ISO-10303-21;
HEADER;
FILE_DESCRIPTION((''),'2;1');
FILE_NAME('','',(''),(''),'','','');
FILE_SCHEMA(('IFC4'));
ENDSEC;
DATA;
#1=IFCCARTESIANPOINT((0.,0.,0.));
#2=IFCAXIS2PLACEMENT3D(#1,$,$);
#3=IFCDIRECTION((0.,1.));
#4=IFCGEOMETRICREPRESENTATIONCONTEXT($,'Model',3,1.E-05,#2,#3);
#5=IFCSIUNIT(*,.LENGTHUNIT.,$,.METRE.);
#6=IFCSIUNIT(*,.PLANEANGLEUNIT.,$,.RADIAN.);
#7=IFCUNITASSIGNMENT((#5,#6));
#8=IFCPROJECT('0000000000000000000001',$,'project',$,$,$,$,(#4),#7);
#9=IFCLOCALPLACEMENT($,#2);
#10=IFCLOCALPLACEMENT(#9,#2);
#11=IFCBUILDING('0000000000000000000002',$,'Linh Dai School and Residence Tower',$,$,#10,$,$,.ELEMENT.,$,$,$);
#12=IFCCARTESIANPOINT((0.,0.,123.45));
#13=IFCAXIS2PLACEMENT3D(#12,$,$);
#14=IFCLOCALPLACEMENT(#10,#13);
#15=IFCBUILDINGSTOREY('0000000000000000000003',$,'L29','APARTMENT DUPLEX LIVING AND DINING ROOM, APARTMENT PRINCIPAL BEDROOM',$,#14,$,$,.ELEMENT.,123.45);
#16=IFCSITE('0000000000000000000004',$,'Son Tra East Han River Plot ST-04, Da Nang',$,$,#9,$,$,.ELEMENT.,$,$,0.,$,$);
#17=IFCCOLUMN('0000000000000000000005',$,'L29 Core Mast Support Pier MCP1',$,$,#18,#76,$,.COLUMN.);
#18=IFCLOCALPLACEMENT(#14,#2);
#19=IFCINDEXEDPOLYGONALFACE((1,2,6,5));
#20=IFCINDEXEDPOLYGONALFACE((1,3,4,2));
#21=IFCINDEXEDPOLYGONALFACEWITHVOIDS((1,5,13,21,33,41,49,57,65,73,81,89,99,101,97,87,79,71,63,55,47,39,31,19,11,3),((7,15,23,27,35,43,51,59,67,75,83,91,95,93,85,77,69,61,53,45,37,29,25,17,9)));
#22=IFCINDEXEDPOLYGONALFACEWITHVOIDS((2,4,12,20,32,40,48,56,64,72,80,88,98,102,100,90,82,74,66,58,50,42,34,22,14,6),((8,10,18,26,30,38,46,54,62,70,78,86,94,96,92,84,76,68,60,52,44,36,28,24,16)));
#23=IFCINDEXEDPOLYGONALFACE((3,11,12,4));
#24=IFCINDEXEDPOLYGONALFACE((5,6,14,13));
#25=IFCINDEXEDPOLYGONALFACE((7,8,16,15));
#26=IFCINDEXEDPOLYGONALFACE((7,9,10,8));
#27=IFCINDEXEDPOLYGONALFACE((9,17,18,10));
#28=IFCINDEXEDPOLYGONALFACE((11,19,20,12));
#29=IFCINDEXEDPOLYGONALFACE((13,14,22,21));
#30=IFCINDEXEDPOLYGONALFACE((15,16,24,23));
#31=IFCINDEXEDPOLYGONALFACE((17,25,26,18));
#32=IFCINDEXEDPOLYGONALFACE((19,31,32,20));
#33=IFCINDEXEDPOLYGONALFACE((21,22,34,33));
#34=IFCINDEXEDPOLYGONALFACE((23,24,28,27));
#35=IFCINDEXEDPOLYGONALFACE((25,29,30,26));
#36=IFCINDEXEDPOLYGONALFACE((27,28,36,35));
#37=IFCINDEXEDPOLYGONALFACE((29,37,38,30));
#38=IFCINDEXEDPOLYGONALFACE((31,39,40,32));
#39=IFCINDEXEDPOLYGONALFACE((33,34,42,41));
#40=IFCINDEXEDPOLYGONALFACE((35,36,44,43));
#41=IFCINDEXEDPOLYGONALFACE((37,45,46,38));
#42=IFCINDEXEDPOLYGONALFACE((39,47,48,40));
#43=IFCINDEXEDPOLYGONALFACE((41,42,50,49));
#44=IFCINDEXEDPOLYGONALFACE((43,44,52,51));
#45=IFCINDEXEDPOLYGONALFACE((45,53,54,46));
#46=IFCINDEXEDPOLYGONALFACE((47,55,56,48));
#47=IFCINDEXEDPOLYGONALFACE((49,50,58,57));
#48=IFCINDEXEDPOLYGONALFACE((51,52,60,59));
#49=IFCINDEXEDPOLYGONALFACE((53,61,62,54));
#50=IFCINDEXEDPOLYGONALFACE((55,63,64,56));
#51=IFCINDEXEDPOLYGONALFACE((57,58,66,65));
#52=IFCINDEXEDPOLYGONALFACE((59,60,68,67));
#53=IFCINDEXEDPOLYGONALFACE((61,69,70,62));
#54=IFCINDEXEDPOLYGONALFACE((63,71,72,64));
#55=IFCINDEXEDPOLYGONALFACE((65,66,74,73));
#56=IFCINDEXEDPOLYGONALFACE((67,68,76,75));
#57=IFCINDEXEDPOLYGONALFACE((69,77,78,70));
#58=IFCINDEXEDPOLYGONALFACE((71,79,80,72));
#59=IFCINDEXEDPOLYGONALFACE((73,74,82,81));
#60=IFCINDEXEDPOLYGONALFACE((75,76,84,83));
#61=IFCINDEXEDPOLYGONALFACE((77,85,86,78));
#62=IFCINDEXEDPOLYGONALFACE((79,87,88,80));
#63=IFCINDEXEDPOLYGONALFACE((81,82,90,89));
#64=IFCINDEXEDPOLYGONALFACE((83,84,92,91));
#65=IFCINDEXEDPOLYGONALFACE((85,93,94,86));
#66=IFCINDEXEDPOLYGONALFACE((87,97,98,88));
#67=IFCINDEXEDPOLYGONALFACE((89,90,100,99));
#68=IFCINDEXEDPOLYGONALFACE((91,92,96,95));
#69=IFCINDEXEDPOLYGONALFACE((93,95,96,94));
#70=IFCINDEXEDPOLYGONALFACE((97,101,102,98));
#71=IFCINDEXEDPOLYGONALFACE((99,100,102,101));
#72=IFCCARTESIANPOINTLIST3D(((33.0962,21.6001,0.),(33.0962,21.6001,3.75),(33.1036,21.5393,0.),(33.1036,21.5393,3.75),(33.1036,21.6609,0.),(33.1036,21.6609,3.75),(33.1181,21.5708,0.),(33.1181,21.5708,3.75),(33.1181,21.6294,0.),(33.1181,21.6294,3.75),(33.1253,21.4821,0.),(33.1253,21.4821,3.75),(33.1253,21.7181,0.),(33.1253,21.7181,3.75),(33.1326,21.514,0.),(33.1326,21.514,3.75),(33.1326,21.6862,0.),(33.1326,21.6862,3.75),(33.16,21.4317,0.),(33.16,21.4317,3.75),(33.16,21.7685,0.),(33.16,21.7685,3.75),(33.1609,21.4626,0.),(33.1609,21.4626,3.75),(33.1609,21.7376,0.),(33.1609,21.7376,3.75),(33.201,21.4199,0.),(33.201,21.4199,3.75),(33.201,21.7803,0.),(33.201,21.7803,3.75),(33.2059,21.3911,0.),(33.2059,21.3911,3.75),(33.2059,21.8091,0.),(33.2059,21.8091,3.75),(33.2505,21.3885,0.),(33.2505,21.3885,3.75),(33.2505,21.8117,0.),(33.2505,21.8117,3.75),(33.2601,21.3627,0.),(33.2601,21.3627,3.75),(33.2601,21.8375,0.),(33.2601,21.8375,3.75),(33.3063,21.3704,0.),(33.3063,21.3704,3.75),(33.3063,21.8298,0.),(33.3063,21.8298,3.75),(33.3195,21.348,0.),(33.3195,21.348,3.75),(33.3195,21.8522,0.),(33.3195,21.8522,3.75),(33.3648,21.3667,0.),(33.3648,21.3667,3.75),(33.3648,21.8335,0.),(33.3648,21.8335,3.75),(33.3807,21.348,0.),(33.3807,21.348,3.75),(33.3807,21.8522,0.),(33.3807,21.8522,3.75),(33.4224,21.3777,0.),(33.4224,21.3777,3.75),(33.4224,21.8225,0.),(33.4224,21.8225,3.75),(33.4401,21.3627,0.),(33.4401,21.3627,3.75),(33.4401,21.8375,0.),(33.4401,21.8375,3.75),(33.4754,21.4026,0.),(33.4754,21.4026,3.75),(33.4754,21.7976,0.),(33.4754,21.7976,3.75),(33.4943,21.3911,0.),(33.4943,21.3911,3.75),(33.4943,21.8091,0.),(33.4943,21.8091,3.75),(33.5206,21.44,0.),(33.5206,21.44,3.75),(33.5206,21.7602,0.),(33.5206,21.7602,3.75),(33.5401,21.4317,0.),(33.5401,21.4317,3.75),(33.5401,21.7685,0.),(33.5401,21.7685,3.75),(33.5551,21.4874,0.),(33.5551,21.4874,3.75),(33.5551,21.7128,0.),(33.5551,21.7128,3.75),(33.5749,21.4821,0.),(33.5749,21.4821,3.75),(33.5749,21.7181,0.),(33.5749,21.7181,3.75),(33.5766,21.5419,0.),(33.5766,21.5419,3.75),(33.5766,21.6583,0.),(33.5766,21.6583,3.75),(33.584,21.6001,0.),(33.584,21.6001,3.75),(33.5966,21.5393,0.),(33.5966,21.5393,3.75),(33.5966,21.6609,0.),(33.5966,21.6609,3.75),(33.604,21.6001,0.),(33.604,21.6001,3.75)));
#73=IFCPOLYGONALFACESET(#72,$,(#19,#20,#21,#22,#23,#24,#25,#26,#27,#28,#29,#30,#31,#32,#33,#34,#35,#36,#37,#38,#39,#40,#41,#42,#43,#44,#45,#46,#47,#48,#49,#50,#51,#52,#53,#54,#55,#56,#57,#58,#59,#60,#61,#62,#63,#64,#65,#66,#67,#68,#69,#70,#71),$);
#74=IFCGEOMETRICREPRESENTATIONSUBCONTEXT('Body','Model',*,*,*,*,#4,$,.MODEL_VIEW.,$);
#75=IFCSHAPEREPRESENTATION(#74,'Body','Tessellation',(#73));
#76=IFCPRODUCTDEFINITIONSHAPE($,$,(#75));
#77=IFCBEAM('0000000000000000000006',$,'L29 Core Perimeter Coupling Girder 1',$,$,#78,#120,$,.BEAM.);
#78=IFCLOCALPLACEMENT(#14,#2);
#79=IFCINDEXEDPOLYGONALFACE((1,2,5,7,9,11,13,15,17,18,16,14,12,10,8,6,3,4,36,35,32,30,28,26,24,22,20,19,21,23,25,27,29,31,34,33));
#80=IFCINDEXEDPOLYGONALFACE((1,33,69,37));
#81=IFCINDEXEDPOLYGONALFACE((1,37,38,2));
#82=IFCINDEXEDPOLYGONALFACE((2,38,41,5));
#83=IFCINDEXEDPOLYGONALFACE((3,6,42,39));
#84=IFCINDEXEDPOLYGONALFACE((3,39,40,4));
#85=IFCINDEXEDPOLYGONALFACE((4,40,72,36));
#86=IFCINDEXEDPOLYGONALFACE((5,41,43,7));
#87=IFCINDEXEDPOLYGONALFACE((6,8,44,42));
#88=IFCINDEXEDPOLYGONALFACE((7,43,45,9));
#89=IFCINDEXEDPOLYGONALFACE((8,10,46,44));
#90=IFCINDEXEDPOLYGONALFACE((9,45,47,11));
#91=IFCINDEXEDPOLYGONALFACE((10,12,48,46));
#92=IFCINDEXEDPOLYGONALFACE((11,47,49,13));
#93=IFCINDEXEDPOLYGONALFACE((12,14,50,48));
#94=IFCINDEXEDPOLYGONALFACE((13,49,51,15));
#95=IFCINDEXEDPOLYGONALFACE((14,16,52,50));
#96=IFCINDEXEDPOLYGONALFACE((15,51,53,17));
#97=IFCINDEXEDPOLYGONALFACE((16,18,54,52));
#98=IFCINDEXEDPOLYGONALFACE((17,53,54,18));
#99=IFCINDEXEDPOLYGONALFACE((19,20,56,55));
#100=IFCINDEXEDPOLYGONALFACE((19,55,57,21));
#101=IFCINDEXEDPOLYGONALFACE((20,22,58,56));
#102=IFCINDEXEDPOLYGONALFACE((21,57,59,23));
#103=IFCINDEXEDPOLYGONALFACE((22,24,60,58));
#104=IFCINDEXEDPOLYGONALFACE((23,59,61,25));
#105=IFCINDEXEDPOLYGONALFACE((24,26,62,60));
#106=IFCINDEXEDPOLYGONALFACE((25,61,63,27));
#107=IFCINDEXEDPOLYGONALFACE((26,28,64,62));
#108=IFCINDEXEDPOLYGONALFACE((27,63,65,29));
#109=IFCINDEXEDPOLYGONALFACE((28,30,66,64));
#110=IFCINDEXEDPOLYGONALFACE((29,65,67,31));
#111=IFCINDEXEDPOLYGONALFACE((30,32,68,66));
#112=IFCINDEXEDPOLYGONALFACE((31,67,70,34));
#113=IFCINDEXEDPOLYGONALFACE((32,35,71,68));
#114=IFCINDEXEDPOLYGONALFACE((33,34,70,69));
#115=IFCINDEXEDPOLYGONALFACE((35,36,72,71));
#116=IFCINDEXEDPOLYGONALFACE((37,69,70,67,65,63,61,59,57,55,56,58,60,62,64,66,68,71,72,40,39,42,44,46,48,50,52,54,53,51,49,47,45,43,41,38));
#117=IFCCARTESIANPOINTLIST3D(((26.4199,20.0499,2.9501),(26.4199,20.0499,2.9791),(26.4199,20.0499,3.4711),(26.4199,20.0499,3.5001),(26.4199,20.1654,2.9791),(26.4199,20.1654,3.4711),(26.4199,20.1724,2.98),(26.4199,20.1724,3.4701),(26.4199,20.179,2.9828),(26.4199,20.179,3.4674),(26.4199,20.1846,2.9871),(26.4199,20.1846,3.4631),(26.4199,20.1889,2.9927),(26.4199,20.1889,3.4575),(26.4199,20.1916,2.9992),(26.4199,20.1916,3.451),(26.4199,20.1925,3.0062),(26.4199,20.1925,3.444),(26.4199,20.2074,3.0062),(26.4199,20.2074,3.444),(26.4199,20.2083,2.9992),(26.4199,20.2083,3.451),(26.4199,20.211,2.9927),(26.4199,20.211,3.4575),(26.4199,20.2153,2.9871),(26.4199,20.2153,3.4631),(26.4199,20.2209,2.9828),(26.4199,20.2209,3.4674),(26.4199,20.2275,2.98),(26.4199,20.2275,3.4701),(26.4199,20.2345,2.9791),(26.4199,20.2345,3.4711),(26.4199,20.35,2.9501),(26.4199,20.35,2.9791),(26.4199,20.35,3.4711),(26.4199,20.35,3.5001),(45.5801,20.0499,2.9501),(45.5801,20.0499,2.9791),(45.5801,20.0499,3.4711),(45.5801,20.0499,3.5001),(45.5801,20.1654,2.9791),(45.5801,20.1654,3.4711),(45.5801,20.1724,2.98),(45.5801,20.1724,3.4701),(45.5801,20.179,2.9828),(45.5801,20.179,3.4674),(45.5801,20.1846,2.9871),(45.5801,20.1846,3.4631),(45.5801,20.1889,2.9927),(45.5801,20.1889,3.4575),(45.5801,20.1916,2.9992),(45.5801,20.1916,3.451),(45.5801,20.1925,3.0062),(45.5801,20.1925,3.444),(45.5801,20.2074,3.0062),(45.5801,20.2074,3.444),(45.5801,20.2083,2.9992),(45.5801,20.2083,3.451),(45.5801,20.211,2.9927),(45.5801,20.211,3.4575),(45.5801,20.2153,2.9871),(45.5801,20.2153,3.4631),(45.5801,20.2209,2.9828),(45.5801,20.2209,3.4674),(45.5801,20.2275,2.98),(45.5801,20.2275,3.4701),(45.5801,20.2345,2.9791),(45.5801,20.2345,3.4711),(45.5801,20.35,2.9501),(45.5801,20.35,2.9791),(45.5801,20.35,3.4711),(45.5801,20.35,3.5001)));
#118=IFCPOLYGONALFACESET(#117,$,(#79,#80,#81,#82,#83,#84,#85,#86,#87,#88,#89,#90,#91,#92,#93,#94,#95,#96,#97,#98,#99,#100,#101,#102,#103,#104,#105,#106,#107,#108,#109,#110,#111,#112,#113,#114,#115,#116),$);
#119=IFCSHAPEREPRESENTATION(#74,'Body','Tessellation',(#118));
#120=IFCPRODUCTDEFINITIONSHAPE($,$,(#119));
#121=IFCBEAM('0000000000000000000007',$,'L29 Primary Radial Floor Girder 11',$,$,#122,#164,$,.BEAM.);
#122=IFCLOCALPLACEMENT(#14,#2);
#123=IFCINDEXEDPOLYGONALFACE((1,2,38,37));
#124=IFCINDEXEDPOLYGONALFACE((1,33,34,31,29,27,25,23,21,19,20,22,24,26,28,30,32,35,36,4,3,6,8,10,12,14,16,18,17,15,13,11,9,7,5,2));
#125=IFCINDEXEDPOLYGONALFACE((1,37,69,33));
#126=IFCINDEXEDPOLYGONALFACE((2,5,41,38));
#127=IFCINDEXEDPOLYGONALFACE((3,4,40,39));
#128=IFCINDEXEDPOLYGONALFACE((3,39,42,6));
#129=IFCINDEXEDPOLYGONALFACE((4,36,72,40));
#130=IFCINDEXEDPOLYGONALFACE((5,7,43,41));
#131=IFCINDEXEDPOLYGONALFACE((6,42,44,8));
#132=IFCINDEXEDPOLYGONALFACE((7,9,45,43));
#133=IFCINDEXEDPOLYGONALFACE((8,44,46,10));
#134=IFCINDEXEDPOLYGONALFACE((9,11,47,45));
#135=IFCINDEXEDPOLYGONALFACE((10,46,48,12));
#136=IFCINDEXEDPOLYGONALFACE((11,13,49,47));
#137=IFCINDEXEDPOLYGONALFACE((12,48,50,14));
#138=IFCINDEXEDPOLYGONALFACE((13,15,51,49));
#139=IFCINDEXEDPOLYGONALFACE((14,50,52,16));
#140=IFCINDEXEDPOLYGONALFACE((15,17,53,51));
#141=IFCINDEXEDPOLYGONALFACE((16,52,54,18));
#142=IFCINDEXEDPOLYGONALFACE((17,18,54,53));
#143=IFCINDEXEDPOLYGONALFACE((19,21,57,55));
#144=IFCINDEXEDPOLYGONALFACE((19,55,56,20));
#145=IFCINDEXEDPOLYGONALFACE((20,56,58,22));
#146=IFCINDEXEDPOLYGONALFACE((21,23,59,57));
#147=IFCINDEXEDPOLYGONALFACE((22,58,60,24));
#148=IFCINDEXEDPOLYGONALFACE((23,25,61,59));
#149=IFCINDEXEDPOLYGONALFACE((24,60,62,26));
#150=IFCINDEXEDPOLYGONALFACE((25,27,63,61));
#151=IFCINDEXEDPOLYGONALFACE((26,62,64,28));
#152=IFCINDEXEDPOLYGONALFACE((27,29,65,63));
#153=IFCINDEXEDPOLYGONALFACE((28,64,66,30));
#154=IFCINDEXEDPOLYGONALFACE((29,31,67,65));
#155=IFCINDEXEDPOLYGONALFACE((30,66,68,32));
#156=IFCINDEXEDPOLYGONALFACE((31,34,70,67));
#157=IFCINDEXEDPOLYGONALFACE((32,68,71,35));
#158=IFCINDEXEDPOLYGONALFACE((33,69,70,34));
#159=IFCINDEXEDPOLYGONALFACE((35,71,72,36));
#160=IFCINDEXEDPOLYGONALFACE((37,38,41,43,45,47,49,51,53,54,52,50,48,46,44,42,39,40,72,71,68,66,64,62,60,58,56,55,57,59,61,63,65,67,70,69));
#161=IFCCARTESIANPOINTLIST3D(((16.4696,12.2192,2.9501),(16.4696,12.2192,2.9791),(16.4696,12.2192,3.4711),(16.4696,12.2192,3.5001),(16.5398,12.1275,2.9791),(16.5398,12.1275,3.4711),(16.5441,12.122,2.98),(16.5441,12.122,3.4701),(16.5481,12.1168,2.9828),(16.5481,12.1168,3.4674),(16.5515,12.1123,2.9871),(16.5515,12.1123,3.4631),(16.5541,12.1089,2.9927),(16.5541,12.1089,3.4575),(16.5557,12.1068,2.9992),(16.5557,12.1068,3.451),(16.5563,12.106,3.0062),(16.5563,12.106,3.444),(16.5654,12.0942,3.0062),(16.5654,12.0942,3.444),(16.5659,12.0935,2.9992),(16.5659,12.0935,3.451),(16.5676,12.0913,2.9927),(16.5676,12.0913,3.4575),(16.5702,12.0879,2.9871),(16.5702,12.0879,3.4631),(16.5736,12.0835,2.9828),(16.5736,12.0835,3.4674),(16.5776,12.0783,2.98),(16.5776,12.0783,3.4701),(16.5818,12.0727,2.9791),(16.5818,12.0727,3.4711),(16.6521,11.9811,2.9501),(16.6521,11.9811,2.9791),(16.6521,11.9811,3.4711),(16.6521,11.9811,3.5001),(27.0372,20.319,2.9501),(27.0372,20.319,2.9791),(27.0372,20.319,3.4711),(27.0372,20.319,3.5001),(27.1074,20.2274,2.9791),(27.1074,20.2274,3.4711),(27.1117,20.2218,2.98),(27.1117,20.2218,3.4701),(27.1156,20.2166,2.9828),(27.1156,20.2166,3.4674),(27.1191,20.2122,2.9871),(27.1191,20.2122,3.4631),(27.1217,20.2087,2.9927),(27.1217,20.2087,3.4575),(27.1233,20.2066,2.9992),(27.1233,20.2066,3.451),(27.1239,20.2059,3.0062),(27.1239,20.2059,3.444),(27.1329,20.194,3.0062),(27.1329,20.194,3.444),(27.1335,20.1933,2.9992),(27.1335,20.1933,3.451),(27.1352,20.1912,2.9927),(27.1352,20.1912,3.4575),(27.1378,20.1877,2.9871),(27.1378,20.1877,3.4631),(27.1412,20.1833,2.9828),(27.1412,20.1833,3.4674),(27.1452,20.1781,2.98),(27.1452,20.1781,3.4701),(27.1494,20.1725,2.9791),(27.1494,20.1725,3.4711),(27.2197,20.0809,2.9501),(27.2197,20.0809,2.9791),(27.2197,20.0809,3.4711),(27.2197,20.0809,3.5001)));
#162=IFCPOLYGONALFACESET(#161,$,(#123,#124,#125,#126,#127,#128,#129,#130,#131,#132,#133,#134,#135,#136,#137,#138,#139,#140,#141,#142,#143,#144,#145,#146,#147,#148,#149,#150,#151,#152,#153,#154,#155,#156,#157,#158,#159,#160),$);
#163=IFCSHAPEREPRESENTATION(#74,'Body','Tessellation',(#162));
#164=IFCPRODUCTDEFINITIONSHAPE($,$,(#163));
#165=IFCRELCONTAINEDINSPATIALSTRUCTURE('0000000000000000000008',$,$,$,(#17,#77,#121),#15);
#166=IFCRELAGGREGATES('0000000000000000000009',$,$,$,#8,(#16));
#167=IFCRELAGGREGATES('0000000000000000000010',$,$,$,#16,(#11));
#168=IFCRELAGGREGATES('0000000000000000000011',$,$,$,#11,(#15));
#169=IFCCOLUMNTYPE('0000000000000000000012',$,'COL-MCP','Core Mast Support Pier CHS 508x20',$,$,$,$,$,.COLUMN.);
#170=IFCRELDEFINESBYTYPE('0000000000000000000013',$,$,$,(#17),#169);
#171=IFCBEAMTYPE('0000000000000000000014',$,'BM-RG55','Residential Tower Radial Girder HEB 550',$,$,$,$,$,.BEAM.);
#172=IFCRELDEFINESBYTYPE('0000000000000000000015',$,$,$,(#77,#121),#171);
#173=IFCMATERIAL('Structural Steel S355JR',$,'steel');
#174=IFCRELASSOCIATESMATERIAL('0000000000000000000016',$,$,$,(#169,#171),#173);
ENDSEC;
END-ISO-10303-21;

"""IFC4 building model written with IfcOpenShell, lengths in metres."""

from ifc_helpers import new_model, si_unit, direction, frame, origin, origin_2d, place, context, subcontext, project, spatial, hollow_circle, i_section, extrude, material, material_profile, profile_set, type_object, element, save


model = new_model("IFC4")

# Units and contexts
model_context = context("Model", 3, precision=1e-05, world=origin(), true_north=direction((0.0, 1.0)))
body_context = subcontext(model_context, "Body", "Model", "MODEL_VIEW")
ifc_project = project(units=[si_unit("LENGTHUNIT", "METRE"), si_unit("PLANEANGLEUNIT", "RADIAN")], contexts=[model_context])

# Site, building, storey
site_placement = place(None, origin())
site = spatial("IfcSite", under=ifc_project, at=site_placement, Name="Son Tra East Han River Plot ST-04, Da Nang", CompositionType="ELEMENT", RefElevation=0.0)
building_placement = place(site_placement, origin())
building = spatial("IfcBuilding", under=site, at=building_placement, Name="Linh Dai School and Residence Tower", CompositionType="ELEMENT")
storey_placement = place(building_placement, frame((0.0, 0.0, 123.45)))
storey = spatial("IfcBuildingStorey", under=building, at=storey_placement, Name="L29", Description="APARTMENT DUPLEX LIVING AND DINING ROOM, APARTMENT PRINCIPAL BEDROOM", CompositionType="ELEMENT", Elevation=123.45)

# Column
ifc_material_1 = material(Name="Structural Steel S355JR", Category="steel")
ifc_material_profile_1 = material_profile(ifc_material_1, hollow_circle(Radius=0.2539, WallThickness=0.02, at=origin_2d()), Name="CHS 508x20")
ifc_profile_set_1 = profile_set([ifc_material_profile_1], Name="Structural Steel S355JR")
column_type = type_object("IfcColumnType", Name="COL-MCP", Description="Core Mast Support Pier CHS 508x20", PredefinedType="COLUMN", material=ifc_profile_set_1)
column_placement = place(storey_placement, frame((33.3501, 21.6001, 0.0), z_axis=(0.0, 0.0, 1.0), x_axis=(1.0, 0.0, 0.0)))
element("IfcColumn", 1, at=column_placement, inside=storey, type_object=column_type, Name="L29 Core Mast Support Pier MCP1", PredefinedType="COLUMN", context=body_context, shape_type="SweptSolid", body=[
    extrude(hollow_circle(Radius=0.2539, WallThickness=0.02, at=origin_2d()), origin(), (0.0, 0.0, 1.0), 3.75),
])

# Beams
ifc_material_profile_2 = material_profile(ifc_material_1, i_section(OverallWidth=0.3, OverallDepth=0.55, WebThickness=0.0149, FlangeThickness=0.0291, FilletRadius=0.0271, at=origin_2d()), Name="HEB 550")
ifc_profile_set_2 = profile_set([ifc_material_profile_2], Name="Structural Steel S355JR")
beam_type_1 = type_object("IfcBeamType", Name="BM-RG55", Description="Residential Tower Radial Girder HEB 550", PredefinedType="BEAM", material=ifc_profile_set_2)
beam_1_placement = place(storey_placement, frame((26.4199, 20.2, 3.2251), z_axis=(1.0, 0.0, 0.0), x_axis=(0.0, 1.0, 0.0)))
element("IfcBeam", 2, at=beam_1_placement, inside=storey, type_object=beam_type_1, Name="L29 Core Perimeter Coupling Girder 1", PredefinedType="BEAM", context=body_context, shape_type="SweptSolid", body=[
    extrude(i_section(OverallWidth=0.3, OverallDepth=0.55, WebThickness=0.0149, FlangeThickness=0.0291, FilletRadius=0.0271, at=origin_2d()), origin(), (0.0, 0.0, 1.0), 19.1602),
])
beam_2_placement = place(storey_placement, frame((27.1284, 20.2, 3.2251), z_axis=(-0.793679, -0.608337, 0.0), x_axis=(0.608337, -0.793679, 0.0)))
element("IfcBeam", 3, at=beam_2_placement, inside=storey, type_object=beam_type_1, Name="L29 Primary Radial Floor Girder 11", PredefinedType="BEAM", context=body_context, shape_type="SweptSolid", body=[
    extrude(i_section(OverallWidth=0.3, OverallDepth=0.55, WebThickness=0.0149, FlangeThickness=0.0291, FilletRadius=0.0271, at=origin_2d()), origin(), (0.0, 0.0, 1.0), 13.3147),
])

save(model, "model.ifc")
